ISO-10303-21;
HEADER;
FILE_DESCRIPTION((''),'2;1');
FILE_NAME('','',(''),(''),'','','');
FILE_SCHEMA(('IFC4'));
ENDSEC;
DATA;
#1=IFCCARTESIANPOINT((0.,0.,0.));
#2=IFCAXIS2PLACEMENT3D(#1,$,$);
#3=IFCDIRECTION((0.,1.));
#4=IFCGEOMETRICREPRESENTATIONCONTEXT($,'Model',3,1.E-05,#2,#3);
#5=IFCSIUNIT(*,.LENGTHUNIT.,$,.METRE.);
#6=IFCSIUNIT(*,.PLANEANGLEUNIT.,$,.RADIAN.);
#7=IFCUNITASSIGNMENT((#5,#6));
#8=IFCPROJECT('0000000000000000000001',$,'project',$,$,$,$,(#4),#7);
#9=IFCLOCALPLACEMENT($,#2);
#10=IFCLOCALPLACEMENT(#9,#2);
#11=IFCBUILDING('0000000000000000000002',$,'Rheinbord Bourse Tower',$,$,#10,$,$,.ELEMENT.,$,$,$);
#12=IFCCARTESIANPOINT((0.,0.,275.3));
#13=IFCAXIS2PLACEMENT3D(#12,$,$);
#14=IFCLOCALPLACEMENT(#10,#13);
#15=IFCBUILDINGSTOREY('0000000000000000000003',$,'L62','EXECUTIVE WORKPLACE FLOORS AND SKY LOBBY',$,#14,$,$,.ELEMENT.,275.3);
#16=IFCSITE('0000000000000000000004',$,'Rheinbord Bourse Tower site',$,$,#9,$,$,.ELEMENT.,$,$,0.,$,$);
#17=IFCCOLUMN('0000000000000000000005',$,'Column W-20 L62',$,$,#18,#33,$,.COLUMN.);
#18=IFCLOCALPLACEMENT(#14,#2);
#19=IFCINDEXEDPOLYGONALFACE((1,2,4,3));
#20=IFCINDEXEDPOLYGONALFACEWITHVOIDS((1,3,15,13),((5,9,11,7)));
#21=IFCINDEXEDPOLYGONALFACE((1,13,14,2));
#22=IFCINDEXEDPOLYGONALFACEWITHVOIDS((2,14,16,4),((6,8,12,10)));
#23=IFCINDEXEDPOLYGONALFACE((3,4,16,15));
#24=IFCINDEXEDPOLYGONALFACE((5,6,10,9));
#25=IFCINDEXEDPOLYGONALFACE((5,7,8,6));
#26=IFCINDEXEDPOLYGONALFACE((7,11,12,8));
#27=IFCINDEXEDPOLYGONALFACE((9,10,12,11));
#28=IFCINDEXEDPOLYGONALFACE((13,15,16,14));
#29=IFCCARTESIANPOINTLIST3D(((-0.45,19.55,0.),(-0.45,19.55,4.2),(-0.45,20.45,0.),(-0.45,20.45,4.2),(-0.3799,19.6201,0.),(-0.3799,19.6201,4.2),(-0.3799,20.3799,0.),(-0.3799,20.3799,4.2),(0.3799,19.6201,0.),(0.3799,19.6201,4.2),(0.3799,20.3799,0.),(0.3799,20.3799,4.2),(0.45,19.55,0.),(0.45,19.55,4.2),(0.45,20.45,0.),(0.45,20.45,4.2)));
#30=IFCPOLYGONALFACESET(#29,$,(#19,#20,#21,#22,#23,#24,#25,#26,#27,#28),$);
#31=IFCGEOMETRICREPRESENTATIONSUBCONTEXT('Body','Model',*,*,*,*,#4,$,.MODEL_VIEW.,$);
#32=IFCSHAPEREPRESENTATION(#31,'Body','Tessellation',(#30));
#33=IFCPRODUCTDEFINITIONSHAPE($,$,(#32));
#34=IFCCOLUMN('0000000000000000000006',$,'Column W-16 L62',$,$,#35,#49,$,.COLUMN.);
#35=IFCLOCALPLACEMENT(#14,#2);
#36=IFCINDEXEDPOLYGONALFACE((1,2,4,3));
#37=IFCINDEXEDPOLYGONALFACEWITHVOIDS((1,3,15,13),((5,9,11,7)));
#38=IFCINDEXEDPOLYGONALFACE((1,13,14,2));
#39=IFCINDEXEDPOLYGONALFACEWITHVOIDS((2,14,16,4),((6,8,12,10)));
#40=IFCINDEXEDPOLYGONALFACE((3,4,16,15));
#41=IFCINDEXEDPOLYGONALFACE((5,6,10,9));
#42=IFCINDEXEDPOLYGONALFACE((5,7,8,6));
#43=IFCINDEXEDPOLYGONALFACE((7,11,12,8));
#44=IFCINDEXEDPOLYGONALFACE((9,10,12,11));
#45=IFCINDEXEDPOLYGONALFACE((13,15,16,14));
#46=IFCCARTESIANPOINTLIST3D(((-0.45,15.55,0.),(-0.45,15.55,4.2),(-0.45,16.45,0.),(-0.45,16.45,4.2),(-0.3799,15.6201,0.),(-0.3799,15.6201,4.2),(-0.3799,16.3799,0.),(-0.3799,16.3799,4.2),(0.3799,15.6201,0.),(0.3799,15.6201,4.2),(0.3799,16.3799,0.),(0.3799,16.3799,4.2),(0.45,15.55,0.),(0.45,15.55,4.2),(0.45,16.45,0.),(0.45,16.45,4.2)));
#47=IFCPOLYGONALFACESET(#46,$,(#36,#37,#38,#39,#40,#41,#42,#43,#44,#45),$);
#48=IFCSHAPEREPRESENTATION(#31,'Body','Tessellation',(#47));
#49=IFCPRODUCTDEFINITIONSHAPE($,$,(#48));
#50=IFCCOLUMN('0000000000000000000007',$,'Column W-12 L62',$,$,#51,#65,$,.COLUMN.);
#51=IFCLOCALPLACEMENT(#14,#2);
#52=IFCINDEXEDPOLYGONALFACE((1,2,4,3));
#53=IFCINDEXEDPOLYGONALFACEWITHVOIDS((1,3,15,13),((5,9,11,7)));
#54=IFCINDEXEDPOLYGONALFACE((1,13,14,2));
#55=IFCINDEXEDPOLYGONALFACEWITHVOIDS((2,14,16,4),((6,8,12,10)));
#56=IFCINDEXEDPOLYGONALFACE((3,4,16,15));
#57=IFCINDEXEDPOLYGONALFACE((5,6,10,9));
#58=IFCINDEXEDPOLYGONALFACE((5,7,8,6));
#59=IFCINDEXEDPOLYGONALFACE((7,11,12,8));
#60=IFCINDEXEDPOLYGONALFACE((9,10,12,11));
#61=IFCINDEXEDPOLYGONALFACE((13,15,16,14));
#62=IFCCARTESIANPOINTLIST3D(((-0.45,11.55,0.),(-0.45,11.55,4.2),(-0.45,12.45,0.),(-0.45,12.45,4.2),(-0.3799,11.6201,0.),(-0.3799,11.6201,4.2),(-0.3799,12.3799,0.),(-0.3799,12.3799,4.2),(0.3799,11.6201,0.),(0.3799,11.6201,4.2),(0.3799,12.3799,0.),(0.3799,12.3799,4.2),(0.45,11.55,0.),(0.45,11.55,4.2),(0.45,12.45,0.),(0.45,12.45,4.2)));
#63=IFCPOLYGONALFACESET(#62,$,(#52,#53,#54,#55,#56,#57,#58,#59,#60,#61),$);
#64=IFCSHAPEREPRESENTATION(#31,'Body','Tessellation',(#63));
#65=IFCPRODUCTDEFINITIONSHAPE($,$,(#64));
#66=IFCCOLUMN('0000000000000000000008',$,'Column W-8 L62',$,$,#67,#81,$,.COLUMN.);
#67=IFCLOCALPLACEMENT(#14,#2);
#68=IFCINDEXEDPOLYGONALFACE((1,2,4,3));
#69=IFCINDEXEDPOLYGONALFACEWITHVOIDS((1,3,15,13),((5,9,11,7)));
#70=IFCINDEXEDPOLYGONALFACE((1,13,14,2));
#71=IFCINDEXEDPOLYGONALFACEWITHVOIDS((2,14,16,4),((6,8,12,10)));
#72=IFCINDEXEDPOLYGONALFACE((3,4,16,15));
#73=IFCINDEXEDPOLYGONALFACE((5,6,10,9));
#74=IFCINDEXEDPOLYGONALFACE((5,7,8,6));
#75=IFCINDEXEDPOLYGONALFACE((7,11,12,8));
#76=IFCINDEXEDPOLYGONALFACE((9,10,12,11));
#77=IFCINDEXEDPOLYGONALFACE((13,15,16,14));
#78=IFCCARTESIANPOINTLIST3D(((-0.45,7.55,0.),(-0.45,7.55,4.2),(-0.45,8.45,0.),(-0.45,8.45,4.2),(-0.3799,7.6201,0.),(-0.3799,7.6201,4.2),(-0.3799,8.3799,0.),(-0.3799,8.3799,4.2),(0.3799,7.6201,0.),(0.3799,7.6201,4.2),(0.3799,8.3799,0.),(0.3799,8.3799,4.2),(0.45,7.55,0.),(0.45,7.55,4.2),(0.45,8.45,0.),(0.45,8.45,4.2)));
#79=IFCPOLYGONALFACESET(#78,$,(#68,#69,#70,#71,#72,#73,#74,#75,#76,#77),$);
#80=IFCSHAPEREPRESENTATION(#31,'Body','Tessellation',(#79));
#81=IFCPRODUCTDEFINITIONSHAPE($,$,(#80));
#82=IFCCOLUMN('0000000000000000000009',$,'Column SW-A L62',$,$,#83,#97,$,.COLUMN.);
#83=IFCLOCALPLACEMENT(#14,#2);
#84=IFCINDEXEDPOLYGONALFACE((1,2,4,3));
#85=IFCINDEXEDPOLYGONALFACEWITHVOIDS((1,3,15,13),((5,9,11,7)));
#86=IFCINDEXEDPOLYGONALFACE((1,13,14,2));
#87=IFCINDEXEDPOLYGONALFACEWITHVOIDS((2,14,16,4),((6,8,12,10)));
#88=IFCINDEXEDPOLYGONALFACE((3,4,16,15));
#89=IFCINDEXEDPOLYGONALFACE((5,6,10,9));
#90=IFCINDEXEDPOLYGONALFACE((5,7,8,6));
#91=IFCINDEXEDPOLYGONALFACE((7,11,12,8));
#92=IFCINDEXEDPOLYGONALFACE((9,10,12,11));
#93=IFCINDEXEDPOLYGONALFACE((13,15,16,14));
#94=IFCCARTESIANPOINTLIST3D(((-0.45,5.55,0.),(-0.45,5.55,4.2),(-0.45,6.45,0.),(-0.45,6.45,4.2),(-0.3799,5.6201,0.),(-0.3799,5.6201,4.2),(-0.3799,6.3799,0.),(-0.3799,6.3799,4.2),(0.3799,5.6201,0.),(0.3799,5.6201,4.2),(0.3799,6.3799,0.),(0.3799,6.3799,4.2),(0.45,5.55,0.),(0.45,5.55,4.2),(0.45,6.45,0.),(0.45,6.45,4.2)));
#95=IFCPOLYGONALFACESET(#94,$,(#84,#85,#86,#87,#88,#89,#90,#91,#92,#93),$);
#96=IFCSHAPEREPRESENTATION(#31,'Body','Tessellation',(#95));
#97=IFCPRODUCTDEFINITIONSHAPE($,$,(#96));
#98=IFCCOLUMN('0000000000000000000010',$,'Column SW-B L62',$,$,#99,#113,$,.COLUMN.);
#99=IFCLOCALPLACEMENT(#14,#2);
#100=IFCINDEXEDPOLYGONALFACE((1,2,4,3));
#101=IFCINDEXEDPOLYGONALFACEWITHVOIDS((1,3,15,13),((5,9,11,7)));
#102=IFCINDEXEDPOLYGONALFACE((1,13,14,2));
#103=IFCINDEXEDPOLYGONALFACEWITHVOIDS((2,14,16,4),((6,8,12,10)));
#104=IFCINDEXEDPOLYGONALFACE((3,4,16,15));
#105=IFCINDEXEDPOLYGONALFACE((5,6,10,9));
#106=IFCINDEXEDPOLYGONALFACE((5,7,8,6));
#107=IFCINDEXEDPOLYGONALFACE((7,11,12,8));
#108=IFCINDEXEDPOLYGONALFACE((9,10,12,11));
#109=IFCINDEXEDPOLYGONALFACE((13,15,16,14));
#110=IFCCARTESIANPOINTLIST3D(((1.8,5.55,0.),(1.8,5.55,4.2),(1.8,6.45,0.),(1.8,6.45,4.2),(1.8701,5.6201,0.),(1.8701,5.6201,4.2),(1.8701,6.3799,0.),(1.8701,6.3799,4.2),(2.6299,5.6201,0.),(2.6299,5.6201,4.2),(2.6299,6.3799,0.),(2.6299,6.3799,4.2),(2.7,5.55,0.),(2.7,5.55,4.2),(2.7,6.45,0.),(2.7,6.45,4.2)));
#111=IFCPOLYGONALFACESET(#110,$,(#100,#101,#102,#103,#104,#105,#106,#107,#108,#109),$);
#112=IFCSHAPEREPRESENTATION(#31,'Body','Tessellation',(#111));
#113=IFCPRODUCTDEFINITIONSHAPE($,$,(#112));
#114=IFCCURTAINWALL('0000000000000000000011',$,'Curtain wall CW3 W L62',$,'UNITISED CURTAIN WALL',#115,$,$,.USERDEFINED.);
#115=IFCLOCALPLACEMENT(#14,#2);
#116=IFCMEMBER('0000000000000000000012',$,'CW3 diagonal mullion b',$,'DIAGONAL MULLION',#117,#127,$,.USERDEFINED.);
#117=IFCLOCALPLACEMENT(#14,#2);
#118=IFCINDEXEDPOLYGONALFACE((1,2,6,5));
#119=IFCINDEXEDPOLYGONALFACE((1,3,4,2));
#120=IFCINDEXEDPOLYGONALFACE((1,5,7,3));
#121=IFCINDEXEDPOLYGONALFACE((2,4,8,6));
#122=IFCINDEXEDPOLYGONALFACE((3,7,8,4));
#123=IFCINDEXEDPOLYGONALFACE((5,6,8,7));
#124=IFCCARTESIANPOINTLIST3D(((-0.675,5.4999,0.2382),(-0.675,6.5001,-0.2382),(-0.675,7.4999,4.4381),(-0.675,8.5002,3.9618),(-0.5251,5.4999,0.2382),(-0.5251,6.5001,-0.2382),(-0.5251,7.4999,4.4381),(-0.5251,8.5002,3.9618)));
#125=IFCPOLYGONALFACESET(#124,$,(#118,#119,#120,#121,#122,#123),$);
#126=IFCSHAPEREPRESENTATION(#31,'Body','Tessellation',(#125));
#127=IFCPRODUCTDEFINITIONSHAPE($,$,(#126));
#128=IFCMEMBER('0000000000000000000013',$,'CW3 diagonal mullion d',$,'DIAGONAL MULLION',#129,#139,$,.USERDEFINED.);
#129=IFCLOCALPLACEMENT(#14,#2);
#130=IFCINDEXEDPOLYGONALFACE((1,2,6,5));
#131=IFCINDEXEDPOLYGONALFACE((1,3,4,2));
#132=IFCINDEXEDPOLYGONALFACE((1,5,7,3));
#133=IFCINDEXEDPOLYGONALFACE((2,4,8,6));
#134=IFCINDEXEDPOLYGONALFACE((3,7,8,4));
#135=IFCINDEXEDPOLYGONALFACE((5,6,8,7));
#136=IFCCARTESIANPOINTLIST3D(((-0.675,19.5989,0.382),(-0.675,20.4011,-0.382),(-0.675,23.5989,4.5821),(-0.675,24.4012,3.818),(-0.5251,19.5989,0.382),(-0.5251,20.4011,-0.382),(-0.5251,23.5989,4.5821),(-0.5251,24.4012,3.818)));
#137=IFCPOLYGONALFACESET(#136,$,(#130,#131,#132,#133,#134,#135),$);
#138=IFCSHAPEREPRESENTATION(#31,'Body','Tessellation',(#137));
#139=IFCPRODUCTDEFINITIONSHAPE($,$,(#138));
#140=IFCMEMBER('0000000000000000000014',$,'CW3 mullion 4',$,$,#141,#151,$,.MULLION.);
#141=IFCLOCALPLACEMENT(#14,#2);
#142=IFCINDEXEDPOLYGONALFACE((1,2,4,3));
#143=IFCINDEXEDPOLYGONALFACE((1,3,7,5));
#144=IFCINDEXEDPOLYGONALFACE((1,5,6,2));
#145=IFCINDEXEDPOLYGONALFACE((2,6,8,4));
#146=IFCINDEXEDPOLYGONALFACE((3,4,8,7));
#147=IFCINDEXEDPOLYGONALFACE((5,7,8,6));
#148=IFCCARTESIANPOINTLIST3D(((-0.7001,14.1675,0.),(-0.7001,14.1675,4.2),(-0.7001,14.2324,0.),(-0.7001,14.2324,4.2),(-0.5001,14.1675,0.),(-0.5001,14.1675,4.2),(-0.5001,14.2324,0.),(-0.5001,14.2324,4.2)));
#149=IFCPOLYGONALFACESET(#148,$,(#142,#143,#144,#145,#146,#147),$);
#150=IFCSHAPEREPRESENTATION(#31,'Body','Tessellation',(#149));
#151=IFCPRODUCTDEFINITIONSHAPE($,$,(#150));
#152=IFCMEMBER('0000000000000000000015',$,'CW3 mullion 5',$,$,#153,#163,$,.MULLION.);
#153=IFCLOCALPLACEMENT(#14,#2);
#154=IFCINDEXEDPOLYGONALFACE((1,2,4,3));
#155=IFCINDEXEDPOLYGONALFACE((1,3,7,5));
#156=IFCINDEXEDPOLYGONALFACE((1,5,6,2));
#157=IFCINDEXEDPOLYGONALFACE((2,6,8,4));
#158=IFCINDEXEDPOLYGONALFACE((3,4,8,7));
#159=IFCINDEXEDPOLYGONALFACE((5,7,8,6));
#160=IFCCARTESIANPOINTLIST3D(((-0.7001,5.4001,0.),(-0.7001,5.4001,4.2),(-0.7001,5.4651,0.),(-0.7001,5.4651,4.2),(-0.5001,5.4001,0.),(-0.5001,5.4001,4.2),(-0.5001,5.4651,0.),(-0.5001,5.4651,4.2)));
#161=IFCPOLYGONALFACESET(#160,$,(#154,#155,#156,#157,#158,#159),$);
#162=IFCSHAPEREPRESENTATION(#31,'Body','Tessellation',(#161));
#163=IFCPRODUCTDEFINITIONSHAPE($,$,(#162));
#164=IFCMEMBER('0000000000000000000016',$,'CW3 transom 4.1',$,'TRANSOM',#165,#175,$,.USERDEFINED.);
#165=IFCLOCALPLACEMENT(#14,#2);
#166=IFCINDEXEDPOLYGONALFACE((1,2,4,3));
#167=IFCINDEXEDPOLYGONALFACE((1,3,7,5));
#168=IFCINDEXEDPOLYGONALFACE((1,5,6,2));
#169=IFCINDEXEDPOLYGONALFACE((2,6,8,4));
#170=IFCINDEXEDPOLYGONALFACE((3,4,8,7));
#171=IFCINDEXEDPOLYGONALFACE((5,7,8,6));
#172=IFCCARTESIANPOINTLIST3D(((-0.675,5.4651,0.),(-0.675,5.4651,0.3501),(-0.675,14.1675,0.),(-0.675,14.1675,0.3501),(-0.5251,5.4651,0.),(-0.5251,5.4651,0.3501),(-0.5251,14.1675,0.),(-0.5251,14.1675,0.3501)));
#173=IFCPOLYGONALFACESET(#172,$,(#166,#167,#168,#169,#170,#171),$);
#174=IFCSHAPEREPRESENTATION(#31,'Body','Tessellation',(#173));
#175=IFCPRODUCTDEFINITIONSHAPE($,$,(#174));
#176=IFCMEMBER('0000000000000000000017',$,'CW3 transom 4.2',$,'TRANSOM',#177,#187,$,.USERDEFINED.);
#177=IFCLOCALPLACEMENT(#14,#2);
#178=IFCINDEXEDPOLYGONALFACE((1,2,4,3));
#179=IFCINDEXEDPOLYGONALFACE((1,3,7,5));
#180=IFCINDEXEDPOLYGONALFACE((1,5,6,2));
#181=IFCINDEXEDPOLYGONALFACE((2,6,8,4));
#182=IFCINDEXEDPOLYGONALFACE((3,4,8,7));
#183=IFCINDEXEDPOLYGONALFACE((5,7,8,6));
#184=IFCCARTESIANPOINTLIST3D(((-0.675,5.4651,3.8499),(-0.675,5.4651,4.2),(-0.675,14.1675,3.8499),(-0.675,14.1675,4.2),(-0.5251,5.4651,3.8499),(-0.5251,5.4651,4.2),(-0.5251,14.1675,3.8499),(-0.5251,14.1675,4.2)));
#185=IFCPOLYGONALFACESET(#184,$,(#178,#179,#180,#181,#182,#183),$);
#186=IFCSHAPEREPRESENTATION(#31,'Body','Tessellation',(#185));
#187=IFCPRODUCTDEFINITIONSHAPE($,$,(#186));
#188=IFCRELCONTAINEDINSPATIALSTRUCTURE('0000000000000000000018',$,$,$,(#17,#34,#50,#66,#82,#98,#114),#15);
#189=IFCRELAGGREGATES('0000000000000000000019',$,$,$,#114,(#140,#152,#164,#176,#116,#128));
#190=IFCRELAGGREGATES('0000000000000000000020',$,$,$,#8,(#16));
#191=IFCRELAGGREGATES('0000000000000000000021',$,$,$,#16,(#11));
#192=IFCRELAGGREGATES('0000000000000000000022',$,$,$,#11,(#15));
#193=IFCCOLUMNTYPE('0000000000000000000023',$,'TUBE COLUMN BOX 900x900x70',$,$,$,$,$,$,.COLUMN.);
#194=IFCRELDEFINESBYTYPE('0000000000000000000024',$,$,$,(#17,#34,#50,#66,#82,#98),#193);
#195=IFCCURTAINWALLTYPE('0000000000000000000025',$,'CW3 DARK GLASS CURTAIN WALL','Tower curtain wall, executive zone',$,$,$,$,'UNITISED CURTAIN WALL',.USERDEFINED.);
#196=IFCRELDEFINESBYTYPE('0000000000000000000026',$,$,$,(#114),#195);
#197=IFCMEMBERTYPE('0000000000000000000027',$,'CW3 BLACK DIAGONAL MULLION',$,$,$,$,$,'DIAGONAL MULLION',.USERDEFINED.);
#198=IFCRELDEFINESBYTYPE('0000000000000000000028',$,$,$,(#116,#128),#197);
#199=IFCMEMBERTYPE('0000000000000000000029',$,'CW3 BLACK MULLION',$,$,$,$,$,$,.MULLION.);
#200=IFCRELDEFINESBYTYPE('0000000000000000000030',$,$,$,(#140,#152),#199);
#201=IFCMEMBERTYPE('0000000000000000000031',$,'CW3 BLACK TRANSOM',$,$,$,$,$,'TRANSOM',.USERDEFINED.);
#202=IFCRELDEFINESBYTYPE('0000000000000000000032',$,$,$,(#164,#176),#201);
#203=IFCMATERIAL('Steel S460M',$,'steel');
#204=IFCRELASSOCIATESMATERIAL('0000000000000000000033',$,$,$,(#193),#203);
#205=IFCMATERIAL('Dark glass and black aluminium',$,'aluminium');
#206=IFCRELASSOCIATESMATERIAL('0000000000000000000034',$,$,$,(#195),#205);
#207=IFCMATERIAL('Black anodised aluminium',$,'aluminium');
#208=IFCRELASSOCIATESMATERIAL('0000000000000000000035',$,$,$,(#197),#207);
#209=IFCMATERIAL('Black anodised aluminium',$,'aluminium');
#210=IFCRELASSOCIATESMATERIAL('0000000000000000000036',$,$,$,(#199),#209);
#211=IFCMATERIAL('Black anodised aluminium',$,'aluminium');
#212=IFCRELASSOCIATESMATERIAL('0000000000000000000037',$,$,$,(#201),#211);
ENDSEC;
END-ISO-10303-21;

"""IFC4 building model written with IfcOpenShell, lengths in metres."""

from ifc_helpers import new_model, si_unit, direction, frame, origin, origin_2d, place, context, subcontext, project, spatial, rectangle, hollow_rectangle, extrude, material, material_profile, profile_set, type_object, element, aggregate, save


model = new_model("IFC4")

# Units and contexts
model_context = context("Model", 3, precision=1e-05, world=origin(), true_north=direction((0.0, 1.0)))
body_context = subcontext(model_context, "Body", "Model", "MODEL_VIEW")
ifc_project = project(units=[si_unit("LENGTHUNIT", "METRE"), si_unit("PLANEANGLEUNIT", "RADIAN")], contexts=[model_context])

# Site, building, storey
site_placement = place(None, origin())
site = spatial("IfcSite", under=ifc_project, at=site_placement, Name="Rheinbord Bourse Tower site", CompositionType="ELEMENT", RefElevation=0.0)
building_placement = place(site_placement, origin())
building = spatial("IfcBuilding", under=site, at=building_placement, Name="Rheinbord Bourse Tower", CompositionType="ELEMENT")
storey_placement = place(building_placement, frame((0.0, 0.0, 275.3)))
storey = spatial("IfcBuildingStorey", under=building, at=storey_placement, Name="L62", Description="EXECUTIVE WORKPLACE FLOORS AND SKY LOBBY", CompositionType="ELEMENT", Elevation=275.3)

# Columns
ifc_material_1 = material(Name="Steel S460M", Category="steel")
ifc_material_profile_1 = material_profile(ifc_material_1, hollow_rectangle(XDim=0.8999, YDim=0.8999, WallThickness=0.0701, at=origin_2d()), Name="BOX 900x900x70")
ifc_profile_set_1 = profile_set([ifc_material_profile_1], Name="Steel S460M")
column_type = type_object("IfcColumnType", Name="TUBE COLUMN BOX 900x900x70", PredefinedType="COLUMN", material=ifc_profile_set_1)
for number, where, z_axis, x_axis, name in (
    (1, (0.0, 20.0, 0.0), (0.0, 0.0, 1.0), (1.0, 0.0, 0.0), "Column W-20 L62"),
    (2, (0.0, 16.0, 0.0), (0.0, 0.0, 1.0), (1.0, 0.0, 0.0), "Column W-16 L62"),
    (3, (0.0, 12.0, 0.0), (0.0, 0.0, 1.0), (1.0, 0.0, 0.0), "Column W-12 L62"),
    (4, (0.0, 8.0, 0.0), (0.0, 0.0, 1.0), (1.0, 0.0, 0.0), "Column W-8 L62"),
    (5, (0.0, 6.0, 0.0), (0.0, 0.0, 1.0), (1.0, 0.0, 0.0), "Column SW-A L62"),
    (6, (2.25, 6.0, 0.0), (0.0, 0.0, 1.0), (1.0, 0.0, 0.0), "Column SW-B L62"),
):
    element("IfcColumn", number, at=place(storey_placement, frame(where, z_axis=z_axis, x_axis=x_axis)), inside=storey, type_object=column_type, Name=name, PredefinedType="COLUMN", context=body_context, shape_type="SweptSolid", body=[
        extrude(hollow_rectangle(XDim=0.8999, YDim=0.8999, WallThickness=0.0701, at=origin_2d()), origin(), (0.0, 0.0, 1.0), 4.2),
    ])

# Curtain wall, members
ifc_material_2 = material(Name="Dark glass and black aluminium", Category="aluminium")
curtain_wall_type = type_object("IfcCurtainWallType", Name="CW3 DARK GLASS CURTAIN WALL", Description="Tower curtain wall, executive zone", ElementType="UNITISED CURTAIN WALL", PredefinedType="USERDEFINED", material=ifc_material_2)
curtain_wall_placement = place(storey_placement, origin())
curtain_wall = element("IfcCurtainWall", 7, at=curtain_wall_placement, inside=storey, type_object=curtain_wall_type, Name="Curtain wall CW3 W L62", ObjectType="UNITISED CURTAIN WALL", PredefinedType="USERDEFINED")
ifc_material_3 = material(Name="Black anodised aluminium", Category="aluminium")
ifc_material_profile_2 = material_profile(ifc_material_3, rectangle(XDim=0.1499, YDim=1.1079, at=origin_2d()), Name="CW3 DIAGONAL MULLION 1108x150")
ifc_profile_set_2 = profile_set([ifc_material_profile_2], Name="Black anodised aluminium")
member_type_1 = type_object("IfcMemberType", Name="CW3 BLACK DIAGONAL MULLION", ElementType="DIAGONAL MULLION", PredefinedType="USERDEFINED", material=ifc_profile_set_2)
member_1_placement = place(storey_placement, frame((-0.6001, 6.0, 0.0), z_axis=(0.0, 0.429938, 0.902859), x_axis=(-1.0, 0.0, 0.0)))
member_1 = element("IfcMember", 8, at=member_1_placement, type_object=member_type_1, Name="CW3 diagonal mullion b", ObjectType="DIAGONAL MULLION", PredefinedType="USERDEFINED", context=body_context, shape_type="SweptSolid", body=[
    extrude(rectangle(XDim=0.1499, YDim=1.1079, at=origin_2d()), origin(), (0.0, 0.0, 1.0), 4.6519),
])
member_2_placement = place(storey_placement, frame((-0.6001, 20.0, 0.0), z_axis=(0.0, 0.689659, 0.724134), x_axis=(-1.0, 0.0, 0.0)))
member_2 = element("IfcMember", 9, at=member_2_placement, type_object=member_type_1, Name="CW3 diagonal mullion d", ObjectType="DIAGONAL MULLION", PredefinedType="USERDEFINED", context=body_context, shape_type="SweptSolid", body=[
    extrude(rectangle(XDim=0.1499, YDim=1.1079, at=origin_2d()), origin(), (0.0, 0.0, 1.0), 5.8),
])
ifc_material_4 = material(Name="Black anodised aluminium", Category="aluminium")
ifc_material_profile_3 = material_profile(ifc_material_4, rectangle(XDim=0.2, YDim=0.0649, at=origin_2d()), Name="CW3 MULLION 65x200")
ifc_profile_set_3 = profile_set([ifc_material_profile_3], Name="Black anodised aluminium")
member_type_2 = type_object("IfcMemberType", Name="CW3 BLACK MULLION", PredefinedType="MULLION", material=ifc_profile_set_3)
member_3_placement = place(storey_placement, frame((-0.6001, 14.2, 0.0), z_axis=(0.0, 0.0, 1.0), x_axis=(1.0, 0.0, 0.0)))
member_3 = element("IfcMember", 10, at=member_3_placement, type_object=member_type_2, Name="CW3 mullion 4", PredefinedType="MULLION", context=body_context, shape_type="SweptSolid", body=[
    extrude(rectangle(XDim=0.2, YDim=0.0649, at=origin_2d()), origin(), (0.0, 0.0, 1.0), 4.2),
])
member_4_placement = place(storey_placement, frame((-0.6001, 5.4326, 0.0), z_axis=(0.0, 0.0, 1.0), x_axis=(1.0, 0.0, 0.0)))
member_4 = element("IfcMember", 11, at=member_4_placement, type_object=member_type_2, Name="CW3 mullion 5", PredefinedType="MULLION", context=body_context, shape_type="SweptSolid", body=[
    extrude(rectangle(XDim=0.2, YDim=0.0649, at=origin_2d()), origin(), (0.0, 0.0, 1.0), 4.2),
])
ifc_material_5 = material(Name="Black anodised aluminium", Category="aluminium")
ifc_material_profile_4 = material_profile(ifc_material_5, rectangle(XDim=0.1499, YDim=0.3501, at=origin_2d()), Name="CW3 TRANSOM 350x150")
ifc_profile_set_4 = profile_set([ifc_material_profile_4], Name="Black anodised aluminium")
member_type_3 = type_object("IfcMemberType", Name="CW3 BLACK TRANSOM", ElementType="TRANSOM", PredefinedType="USERDEFINED", material=ifc_profile_set_4)
member_5_placement = place(storey_placement, frame((-0.6001, 14.1675, 0.175), z_axis=(0.0, -1.0, 0.0), x_axis=(1.0, 0.0, 0.0)))
member_5 = element("IfcMember", 12, at=member_5_placement, type_object=member_type_3, Name="CW3 transom 4.1", ObjectType="TRANSOM", PredefinedType="USERDEFINED", context=body_context, shape_type="SweptSolid", body=[
    extrude(rectangle(XDim=0.1499, YDim=0.3501, at=origin_2d()), origin(), (0.0, 0.0, 1.0), 8.7024),
])
member_6_placement = place(storey_placement, frame((-0.6001, 14.1675, 4.0249), z_axis=(0.0, -1.0, 0.0), x_axis=(1.0, 0.0, 0.0)))
member_6 = element("IfcMember", 13, at=member_6_placement, type_object=member_type_3, Name="CW3 transom 4.2", ObjectType="TRANSOM", PredefinedType="USERDEFINED", context=body_context, shape_type="SweptSolid", body=[
    extrude(rectangle(XDim=0.1499, YDim=0.3501, at=origin_2d()), origin(), (0.0, 0.0, 1.0), 8.7024),
])

aggregate(curtain_wall, [member_3, member_4, member_5, member_6, member_1, member_2])

save(model, "model.ifc")
